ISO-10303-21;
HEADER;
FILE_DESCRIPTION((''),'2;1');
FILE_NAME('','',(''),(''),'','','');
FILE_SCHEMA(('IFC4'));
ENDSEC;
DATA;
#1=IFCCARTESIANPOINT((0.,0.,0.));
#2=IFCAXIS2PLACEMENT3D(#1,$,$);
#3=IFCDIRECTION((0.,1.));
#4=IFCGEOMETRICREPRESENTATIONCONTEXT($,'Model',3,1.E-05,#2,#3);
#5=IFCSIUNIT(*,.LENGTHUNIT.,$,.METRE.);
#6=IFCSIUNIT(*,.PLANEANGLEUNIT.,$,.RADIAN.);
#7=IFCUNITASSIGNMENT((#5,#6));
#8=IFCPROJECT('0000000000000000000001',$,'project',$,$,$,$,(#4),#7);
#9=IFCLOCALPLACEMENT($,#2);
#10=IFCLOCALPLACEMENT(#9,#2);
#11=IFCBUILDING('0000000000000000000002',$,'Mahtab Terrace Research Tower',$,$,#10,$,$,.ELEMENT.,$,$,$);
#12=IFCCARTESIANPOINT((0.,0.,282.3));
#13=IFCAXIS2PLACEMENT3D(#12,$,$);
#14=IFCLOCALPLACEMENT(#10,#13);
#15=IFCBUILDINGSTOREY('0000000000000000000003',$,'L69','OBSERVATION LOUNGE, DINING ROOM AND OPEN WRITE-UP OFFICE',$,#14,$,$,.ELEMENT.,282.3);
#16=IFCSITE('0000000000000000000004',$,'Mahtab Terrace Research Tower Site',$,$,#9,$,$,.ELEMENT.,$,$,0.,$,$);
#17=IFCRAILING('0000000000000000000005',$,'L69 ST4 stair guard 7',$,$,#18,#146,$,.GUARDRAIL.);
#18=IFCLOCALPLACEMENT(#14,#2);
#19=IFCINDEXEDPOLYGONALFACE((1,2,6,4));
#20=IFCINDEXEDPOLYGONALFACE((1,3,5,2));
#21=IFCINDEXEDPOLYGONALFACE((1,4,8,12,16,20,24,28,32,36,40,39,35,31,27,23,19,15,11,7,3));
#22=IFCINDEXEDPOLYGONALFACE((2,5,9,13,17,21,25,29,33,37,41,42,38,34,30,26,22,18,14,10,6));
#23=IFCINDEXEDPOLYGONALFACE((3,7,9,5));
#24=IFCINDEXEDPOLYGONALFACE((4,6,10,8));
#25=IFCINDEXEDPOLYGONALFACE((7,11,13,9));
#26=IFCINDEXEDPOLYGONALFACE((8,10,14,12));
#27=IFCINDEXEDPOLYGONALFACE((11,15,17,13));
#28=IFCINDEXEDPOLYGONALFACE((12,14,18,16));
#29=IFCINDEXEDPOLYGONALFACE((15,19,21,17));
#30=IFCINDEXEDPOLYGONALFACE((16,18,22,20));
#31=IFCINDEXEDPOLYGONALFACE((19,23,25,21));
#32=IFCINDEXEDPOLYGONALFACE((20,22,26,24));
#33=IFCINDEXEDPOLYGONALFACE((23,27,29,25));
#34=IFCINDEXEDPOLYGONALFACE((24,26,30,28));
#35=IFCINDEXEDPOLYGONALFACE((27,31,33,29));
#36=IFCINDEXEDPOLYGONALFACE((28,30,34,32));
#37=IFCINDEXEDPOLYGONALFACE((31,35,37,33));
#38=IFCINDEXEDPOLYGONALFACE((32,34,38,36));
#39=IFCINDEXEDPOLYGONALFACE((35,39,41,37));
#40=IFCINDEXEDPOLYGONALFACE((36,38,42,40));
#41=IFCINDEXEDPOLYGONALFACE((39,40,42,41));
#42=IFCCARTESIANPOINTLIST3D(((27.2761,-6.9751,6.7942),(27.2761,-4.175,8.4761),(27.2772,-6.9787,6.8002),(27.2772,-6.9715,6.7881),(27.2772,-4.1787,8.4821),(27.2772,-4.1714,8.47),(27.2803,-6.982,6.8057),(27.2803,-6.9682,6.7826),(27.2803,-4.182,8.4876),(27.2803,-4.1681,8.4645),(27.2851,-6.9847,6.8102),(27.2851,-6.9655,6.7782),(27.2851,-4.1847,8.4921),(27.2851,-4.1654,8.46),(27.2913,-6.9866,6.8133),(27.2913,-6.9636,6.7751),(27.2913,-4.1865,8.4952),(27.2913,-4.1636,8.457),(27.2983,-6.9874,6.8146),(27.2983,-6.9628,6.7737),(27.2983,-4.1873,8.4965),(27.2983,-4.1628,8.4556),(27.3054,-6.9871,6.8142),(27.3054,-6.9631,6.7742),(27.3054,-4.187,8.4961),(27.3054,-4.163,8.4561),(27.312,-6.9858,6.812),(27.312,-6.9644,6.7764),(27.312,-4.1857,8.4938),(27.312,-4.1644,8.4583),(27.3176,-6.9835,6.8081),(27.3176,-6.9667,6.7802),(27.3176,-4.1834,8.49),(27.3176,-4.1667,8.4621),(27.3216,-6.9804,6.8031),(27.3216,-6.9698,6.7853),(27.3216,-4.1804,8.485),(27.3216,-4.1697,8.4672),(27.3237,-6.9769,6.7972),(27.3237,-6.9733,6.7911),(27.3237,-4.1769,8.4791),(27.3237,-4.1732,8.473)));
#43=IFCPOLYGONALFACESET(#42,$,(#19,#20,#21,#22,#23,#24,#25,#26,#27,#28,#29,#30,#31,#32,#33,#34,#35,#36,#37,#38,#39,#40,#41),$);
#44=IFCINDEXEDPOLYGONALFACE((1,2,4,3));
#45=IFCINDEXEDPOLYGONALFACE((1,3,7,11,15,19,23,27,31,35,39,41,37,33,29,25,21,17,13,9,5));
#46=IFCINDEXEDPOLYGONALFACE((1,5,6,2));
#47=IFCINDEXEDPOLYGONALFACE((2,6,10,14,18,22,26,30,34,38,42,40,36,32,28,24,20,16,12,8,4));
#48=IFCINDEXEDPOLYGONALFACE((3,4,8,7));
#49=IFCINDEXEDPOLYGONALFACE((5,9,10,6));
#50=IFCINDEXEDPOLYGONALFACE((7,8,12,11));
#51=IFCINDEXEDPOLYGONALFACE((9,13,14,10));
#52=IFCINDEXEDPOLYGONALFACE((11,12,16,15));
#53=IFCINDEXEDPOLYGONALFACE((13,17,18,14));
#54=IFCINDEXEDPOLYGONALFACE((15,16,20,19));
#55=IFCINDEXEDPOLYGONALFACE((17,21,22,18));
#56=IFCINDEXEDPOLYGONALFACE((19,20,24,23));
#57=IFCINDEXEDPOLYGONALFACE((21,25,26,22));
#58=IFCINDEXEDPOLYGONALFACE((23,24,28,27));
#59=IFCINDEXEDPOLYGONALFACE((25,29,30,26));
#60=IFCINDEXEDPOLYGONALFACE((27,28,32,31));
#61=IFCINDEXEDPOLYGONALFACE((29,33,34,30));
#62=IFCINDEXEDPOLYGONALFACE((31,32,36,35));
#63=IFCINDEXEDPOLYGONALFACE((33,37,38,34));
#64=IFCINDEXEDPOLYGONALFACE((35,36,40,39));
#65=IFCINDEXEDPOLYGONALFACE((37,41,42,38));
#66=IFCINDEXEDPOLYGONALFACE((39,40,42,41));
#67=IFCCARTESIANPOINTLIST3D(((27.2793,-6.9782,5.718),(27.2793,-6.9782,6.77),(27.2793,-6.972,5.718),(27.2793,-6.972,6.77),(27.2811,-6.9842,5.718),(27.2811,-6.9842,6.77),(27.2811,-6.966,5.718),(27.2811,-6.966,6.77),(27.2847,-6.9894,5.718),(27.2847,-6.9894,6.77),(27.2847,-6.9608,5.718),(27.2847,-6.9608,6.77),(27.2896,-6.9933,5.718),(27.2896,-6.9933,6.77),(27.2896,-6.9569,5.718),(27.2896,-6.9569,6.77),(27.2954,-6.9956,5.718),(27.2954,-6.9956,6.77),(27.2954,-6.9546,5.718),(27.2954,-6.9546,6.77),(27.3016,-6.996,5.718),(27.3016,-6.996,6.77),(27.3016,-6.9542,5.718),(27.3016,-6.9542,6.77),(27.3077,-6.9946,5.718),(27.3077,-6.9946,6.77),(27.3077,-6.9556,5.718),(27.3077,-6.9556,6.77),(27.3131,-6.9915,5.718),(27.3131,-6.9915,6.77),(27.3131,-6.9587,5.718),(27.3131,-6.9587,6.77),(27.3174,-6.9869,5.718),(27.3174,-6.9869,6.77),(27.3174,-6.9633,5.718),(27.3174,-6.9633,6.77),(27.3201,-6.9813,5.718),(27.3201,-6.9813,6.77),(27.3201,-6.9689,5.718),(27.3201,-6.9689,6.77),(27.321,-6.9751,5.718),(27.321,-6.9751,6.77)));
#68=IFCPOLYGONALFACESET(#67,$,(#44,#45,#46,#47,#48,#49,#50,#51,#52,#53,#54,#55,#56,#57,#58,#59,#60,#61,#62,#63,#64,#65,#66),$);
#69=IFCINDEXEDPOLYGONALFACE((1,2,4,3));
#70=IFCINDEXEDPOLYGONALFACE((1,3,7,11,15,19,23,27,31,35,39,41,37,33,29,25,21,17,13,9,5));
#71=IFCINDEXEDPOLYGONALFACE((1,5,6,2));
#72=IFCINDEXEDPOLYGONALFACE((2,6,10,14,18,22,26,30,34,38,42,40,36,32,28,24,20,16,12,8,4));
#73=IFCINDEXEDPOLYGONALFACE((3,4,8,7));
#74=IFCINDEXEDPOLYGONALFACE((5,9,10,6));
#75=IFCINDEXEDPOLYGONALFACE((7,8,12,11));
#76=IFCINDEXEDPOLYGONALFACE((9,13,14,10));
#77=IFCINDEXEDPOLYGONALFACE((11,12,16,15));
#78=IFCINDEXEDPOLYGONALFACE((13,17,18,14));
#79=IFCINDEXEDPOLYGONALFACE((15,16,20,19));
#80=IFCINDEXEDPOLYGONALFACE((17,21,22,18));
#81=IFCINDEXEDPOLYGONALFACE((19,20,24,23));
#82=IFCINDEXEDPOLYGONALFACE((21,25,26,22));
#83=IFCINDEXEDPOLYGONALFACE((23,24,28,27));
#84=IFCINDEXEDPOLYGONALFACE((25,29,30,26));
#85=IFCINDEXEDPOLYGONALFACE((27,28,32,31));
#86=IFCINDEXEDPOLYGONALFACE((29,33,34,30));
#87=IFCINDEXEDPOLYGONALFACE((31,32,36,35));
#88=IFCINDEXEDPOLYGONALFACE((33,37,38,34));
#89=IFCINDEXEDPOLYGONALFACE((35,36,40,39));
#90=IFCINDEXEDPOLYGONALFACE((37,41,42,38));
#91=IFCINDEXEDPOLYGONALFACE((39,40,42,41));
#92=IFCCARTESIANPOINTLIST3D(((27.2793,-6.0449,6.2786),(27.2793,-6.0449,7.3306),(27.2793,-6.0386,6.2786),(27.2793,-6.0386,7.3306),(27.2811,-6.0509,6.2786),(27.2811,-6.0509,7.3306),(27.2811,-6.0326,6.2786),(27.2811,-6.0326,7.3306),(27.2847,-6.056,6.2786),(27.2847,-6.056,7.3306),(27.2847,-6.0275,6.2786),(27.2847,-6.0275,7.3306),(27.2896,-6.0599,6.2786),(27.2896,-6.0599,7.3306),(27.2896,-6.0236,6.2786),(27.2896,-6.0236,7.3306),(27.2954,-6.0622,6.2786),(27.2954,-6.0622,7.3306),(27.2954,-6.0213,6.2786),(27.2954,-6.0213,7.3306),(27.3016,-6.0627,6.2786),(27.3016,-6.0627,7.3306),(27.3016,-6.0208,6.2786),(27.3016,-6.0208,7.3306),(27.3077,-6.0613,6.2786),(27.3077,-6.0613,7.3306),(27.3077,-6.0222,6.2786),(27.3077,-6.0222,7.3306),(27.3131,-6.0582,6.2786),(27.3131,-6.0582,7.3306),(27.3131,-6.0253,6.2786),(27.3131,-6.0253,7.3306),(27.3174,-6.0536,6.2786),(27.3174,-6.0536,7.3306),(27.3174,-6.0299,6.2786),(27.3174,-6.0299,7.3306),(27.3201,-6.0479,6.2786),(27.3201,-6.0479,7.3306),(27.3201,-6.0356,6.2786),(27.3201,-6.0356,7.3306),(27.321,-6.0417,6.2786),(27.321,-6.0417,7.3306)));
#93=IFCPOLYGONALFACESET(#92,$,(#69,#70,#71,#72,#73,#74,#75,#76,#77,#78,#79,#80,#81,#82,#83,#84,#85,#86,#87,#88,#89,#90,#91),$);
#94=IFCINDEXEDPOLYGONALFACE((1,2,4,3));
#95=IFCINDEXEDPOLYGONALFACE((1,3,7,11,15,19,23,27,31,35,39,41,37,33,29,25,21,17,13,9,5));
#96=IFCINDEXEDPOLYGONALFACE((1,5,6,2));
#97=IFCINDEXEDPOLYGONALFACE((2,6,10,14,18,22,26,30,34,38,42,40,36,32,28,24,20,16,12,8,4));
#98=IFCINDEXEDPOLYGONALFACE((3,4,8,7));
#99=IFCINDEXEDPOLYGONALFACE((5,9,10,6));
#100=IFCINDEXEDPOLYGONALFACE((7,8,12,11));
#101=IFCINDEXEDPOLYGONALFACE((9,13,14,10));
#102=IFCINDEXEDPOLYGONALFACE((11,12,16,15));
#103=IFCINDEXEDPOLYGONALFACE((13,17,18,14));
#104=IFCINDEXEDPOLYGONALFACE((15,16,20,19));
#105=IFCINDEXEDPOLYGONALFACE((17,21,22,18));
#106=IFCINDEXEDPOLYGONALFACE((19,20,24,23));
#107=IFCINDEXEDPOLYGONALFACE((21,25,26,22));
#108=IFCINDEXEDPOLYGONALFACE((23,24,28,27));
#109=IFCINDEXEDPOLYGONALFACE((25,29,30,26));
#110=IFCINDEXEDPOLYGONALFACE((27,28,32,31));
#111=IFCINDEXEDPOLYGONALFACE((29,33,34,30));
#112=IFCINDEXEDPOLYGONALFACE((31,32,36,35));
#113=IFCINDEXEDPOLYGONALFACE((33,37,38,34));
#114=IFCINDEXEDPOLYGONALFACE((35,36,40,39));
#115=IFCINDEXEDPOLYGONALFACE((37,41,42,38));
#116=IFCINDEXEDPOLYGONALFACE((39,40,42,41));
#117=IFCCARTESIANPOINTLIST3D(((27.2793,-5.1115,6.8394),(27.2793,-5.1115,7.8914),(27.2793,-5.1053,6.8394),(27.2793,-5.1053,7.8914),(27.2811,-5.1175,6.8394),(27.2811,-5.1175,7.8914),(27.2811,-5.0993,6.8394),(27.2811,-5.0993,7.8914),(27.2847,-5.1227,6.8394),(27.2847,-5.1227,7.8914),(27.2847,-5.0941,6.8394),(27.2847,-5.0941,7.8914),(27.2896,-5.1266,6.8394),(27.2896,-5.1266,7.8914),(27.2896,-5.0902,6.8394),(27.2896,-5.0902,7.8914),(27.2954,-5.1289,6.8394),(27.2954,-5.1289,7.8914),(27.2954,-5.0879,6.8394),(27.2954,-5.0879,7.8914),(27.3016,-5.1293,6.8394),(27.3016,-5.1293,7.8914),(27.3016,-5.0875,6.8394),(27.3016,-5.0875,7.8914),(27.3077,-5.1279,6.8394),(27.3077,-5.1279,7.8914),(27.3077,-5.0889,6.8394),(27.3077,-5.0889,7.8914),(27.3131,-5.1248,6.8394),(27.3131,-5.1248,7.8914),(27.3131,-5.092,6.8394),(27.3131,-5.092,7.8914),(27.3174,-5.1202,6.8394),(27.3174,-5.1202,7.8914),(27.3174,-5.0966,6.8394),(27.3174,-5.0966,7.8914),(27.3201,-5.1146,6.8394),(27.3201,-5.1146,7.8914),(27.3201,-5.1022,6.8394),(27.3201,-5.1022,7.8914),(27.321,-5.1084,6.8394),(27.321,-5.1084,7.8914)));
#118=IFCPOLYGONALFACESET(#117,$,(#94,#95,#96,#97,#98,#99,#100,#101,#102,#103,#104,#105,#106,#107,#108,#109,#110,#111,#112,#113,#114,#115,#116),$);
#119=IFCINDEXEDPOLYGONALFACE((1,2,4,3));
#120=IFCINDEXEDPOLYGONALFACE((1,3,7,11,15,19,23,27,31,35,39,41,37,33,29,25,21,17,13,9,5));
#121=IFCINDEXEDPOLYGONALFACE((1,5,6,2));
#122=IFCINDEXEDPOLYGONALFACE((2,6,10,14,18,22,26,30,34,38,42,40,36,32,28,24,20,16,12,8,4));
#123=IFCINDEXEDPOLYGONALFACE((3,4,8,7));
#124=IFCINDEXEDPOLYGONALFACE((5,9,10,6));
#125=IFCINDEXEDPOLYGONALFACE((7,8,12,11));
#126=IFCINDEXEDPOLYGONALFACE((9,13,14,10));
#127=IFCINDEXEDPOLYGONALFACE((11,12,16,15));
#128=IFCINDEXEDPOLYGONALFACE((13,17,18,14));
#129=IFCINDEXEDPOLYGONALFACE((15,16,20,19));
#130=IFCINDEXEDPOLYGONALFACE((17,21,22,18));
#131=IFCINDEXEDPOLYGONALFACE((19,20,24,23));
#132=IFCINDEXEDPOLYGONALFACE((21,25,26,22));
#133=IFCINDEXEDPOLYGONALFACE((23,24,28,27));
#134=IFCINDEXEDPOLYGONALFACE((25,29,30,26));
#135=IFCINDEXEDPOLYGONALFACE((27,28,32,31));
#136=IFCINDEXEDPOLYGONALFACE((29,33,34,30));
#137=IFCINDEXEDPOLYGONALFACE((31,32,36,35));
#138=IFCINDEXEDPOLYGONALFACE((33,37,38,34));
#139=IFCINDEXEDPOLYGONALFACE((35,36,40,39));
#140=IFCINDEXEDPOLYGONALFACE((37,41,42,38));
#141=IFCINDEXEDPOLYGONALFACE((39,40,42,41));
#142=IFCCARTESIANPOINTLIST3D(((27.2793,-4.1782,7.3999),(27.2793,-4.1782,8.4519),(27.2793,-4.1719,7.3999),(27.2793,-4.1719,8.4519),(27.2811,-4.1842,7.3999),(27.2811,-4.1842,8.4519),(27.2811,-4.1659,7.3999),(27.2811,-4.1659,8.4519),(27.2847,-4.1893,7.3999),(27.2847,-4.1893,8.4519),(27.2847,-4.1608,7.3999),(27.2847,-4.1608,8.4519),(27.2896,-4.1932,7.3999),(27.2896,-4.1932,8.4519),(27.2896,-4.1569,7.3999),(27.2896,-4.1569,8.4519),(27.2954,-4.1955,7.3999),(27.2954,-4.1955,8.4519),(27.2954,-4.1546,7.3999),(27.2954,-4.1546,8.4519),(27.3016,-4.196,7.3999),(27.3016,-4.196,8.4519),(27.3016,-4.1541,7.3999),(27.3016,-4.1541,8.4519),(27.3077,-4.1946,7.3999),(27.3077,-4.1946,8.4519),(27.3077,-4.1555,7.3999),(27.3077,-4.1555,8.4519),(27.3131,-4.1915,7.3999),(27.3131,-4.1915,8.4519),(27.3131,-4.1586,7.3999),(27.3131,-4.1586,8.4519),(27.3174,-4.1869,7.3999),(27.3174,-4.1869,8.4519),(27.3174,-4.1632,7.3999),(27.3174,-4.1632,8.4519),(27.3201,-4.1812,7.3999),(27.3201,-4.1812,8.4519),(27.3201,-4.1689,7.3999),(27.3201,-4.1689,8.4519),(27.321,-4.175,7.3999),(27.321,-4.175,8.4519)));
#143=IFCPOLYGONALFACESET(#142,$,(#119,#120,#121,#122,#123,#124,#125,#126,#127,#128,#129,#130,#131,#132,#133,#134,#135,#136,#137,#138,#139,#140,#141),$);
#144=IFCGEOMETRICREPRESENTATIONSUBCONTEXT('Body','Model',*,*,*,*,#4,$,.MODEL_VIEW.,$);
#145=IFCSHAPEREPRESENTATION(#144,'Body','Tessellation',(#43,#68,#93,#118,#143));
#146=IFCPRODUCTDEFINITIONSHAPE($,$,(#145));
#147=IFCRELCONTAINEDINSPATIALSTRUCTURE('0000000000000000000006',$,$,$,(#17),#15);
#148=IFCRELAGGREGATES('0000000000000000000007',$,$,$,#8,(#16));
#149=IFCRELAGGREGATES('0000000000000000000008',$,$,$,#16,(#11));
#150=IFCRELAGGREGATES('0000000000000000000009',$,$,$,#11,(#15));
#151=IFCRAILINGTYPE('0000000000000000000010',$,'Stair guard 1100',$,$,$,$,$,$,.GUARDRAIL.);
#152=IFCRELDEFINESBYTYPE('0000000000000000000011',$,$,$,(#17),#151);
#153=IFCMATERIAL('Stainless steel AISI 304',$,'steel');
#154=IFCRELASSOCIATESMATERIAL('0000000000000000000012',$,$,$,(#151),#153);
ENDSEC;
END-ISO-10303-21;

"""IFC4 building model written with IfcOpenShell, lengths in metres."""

from ifc_helpers import new_model, si_unit, direction, frame, origin, origin_2d, place, context, subcontext, project, spatial, circle, extrude, material, type_object, element, save


model = new_model("IFC4")

# Units and contexts
model_context = context("Model", 3, precision=1e-05, world=origin(), true_north=direction((0.0, 1.0)))
body_context = subcontext(model_context, "Body", "Model", "MODEL_VIEW")
ifc_project = project(units=[si_unit("LENGTHUNIT", "METRE"), si_unit("PLANEANGLEUNIT", "RADIAN")], contexts=[model_context])

# Site, building, storey
site_placement = place(None, origin())
site = spatial("IfcSite", under=ifc_project, at=site_placement, Name="Mahtab Terrace Research Tower Site", CompositionType="ELEMENT", RefElevation=0.0)
building_placement = place(site_placement, origin())
building = spatial("IfcBuilding", under=site, at=building_placement, Name="Mahtab Terrace Research Tower", CompositionType="ELEMENT")
storey_placement = place(building_placement, frame((0.0, 0.0, 282.3)))
storey = spatial("IfcBuildingStorey", under=building, at=storey_placement, Name="L69", Description="OBSERVATION LOUNGE, DINING ROOM AND OPEN WRITE-UP OFFICE", CompositionType="ELEMENT", Elevation=282.3)

# Railing
ifc_material_1 = material(Name="Stainless steel AISI 304", Category="steel")
railing_type_1 = type_object("IfcRailingType", Name="Stair guard 1100", PredefinedType="GUARDRAIL", material=ifc_material_1)
railing_1_placement = place(storey_placement, frame((27.3, -6.9751, 5.718)))
element("IfcRailing", 1, at=railing_1_placement, inside=storey, type_object=railing_type_1, Name="L69 ST4 stair guard 7", PredefinedType="GUARDRAIL", context=body_context, shape_type="SweptSolid", body=[
    extrude(circle(Radius=0.0239, at=origin_2d()), frame((0.0, 0.0, 1.0762), z_axis=(0.0, 0.857242, 0.514913), x_axis=(-1.0, 0.0, 0.0)), (0.0, 0.0, 1.0), 3.2664),
    extrude(circle(Radius=0.021, at=origin_2d()), origin(), (0.0, 0.0, 1.0), 1.052),
    extrude(circle(Radius=0.021, at=origin_2d()), frame((0.0, 0.9333, 0.5605)), (0.0, 0.0, 1.0), 1.052),
    extrude(circle(Radius=0.021, at=origin_2d()), frame((0.0, 1.8667, 1.1213)), (0.0, 0.0, 1.0), 1.052),
    extrude(circle(Radius=0.021, at=origin_2d()), frame((0.0, 2.8, 1.6819)), (0.0, 0.0, 1.0), 1.052),
])

save(model, "model.ifc")
